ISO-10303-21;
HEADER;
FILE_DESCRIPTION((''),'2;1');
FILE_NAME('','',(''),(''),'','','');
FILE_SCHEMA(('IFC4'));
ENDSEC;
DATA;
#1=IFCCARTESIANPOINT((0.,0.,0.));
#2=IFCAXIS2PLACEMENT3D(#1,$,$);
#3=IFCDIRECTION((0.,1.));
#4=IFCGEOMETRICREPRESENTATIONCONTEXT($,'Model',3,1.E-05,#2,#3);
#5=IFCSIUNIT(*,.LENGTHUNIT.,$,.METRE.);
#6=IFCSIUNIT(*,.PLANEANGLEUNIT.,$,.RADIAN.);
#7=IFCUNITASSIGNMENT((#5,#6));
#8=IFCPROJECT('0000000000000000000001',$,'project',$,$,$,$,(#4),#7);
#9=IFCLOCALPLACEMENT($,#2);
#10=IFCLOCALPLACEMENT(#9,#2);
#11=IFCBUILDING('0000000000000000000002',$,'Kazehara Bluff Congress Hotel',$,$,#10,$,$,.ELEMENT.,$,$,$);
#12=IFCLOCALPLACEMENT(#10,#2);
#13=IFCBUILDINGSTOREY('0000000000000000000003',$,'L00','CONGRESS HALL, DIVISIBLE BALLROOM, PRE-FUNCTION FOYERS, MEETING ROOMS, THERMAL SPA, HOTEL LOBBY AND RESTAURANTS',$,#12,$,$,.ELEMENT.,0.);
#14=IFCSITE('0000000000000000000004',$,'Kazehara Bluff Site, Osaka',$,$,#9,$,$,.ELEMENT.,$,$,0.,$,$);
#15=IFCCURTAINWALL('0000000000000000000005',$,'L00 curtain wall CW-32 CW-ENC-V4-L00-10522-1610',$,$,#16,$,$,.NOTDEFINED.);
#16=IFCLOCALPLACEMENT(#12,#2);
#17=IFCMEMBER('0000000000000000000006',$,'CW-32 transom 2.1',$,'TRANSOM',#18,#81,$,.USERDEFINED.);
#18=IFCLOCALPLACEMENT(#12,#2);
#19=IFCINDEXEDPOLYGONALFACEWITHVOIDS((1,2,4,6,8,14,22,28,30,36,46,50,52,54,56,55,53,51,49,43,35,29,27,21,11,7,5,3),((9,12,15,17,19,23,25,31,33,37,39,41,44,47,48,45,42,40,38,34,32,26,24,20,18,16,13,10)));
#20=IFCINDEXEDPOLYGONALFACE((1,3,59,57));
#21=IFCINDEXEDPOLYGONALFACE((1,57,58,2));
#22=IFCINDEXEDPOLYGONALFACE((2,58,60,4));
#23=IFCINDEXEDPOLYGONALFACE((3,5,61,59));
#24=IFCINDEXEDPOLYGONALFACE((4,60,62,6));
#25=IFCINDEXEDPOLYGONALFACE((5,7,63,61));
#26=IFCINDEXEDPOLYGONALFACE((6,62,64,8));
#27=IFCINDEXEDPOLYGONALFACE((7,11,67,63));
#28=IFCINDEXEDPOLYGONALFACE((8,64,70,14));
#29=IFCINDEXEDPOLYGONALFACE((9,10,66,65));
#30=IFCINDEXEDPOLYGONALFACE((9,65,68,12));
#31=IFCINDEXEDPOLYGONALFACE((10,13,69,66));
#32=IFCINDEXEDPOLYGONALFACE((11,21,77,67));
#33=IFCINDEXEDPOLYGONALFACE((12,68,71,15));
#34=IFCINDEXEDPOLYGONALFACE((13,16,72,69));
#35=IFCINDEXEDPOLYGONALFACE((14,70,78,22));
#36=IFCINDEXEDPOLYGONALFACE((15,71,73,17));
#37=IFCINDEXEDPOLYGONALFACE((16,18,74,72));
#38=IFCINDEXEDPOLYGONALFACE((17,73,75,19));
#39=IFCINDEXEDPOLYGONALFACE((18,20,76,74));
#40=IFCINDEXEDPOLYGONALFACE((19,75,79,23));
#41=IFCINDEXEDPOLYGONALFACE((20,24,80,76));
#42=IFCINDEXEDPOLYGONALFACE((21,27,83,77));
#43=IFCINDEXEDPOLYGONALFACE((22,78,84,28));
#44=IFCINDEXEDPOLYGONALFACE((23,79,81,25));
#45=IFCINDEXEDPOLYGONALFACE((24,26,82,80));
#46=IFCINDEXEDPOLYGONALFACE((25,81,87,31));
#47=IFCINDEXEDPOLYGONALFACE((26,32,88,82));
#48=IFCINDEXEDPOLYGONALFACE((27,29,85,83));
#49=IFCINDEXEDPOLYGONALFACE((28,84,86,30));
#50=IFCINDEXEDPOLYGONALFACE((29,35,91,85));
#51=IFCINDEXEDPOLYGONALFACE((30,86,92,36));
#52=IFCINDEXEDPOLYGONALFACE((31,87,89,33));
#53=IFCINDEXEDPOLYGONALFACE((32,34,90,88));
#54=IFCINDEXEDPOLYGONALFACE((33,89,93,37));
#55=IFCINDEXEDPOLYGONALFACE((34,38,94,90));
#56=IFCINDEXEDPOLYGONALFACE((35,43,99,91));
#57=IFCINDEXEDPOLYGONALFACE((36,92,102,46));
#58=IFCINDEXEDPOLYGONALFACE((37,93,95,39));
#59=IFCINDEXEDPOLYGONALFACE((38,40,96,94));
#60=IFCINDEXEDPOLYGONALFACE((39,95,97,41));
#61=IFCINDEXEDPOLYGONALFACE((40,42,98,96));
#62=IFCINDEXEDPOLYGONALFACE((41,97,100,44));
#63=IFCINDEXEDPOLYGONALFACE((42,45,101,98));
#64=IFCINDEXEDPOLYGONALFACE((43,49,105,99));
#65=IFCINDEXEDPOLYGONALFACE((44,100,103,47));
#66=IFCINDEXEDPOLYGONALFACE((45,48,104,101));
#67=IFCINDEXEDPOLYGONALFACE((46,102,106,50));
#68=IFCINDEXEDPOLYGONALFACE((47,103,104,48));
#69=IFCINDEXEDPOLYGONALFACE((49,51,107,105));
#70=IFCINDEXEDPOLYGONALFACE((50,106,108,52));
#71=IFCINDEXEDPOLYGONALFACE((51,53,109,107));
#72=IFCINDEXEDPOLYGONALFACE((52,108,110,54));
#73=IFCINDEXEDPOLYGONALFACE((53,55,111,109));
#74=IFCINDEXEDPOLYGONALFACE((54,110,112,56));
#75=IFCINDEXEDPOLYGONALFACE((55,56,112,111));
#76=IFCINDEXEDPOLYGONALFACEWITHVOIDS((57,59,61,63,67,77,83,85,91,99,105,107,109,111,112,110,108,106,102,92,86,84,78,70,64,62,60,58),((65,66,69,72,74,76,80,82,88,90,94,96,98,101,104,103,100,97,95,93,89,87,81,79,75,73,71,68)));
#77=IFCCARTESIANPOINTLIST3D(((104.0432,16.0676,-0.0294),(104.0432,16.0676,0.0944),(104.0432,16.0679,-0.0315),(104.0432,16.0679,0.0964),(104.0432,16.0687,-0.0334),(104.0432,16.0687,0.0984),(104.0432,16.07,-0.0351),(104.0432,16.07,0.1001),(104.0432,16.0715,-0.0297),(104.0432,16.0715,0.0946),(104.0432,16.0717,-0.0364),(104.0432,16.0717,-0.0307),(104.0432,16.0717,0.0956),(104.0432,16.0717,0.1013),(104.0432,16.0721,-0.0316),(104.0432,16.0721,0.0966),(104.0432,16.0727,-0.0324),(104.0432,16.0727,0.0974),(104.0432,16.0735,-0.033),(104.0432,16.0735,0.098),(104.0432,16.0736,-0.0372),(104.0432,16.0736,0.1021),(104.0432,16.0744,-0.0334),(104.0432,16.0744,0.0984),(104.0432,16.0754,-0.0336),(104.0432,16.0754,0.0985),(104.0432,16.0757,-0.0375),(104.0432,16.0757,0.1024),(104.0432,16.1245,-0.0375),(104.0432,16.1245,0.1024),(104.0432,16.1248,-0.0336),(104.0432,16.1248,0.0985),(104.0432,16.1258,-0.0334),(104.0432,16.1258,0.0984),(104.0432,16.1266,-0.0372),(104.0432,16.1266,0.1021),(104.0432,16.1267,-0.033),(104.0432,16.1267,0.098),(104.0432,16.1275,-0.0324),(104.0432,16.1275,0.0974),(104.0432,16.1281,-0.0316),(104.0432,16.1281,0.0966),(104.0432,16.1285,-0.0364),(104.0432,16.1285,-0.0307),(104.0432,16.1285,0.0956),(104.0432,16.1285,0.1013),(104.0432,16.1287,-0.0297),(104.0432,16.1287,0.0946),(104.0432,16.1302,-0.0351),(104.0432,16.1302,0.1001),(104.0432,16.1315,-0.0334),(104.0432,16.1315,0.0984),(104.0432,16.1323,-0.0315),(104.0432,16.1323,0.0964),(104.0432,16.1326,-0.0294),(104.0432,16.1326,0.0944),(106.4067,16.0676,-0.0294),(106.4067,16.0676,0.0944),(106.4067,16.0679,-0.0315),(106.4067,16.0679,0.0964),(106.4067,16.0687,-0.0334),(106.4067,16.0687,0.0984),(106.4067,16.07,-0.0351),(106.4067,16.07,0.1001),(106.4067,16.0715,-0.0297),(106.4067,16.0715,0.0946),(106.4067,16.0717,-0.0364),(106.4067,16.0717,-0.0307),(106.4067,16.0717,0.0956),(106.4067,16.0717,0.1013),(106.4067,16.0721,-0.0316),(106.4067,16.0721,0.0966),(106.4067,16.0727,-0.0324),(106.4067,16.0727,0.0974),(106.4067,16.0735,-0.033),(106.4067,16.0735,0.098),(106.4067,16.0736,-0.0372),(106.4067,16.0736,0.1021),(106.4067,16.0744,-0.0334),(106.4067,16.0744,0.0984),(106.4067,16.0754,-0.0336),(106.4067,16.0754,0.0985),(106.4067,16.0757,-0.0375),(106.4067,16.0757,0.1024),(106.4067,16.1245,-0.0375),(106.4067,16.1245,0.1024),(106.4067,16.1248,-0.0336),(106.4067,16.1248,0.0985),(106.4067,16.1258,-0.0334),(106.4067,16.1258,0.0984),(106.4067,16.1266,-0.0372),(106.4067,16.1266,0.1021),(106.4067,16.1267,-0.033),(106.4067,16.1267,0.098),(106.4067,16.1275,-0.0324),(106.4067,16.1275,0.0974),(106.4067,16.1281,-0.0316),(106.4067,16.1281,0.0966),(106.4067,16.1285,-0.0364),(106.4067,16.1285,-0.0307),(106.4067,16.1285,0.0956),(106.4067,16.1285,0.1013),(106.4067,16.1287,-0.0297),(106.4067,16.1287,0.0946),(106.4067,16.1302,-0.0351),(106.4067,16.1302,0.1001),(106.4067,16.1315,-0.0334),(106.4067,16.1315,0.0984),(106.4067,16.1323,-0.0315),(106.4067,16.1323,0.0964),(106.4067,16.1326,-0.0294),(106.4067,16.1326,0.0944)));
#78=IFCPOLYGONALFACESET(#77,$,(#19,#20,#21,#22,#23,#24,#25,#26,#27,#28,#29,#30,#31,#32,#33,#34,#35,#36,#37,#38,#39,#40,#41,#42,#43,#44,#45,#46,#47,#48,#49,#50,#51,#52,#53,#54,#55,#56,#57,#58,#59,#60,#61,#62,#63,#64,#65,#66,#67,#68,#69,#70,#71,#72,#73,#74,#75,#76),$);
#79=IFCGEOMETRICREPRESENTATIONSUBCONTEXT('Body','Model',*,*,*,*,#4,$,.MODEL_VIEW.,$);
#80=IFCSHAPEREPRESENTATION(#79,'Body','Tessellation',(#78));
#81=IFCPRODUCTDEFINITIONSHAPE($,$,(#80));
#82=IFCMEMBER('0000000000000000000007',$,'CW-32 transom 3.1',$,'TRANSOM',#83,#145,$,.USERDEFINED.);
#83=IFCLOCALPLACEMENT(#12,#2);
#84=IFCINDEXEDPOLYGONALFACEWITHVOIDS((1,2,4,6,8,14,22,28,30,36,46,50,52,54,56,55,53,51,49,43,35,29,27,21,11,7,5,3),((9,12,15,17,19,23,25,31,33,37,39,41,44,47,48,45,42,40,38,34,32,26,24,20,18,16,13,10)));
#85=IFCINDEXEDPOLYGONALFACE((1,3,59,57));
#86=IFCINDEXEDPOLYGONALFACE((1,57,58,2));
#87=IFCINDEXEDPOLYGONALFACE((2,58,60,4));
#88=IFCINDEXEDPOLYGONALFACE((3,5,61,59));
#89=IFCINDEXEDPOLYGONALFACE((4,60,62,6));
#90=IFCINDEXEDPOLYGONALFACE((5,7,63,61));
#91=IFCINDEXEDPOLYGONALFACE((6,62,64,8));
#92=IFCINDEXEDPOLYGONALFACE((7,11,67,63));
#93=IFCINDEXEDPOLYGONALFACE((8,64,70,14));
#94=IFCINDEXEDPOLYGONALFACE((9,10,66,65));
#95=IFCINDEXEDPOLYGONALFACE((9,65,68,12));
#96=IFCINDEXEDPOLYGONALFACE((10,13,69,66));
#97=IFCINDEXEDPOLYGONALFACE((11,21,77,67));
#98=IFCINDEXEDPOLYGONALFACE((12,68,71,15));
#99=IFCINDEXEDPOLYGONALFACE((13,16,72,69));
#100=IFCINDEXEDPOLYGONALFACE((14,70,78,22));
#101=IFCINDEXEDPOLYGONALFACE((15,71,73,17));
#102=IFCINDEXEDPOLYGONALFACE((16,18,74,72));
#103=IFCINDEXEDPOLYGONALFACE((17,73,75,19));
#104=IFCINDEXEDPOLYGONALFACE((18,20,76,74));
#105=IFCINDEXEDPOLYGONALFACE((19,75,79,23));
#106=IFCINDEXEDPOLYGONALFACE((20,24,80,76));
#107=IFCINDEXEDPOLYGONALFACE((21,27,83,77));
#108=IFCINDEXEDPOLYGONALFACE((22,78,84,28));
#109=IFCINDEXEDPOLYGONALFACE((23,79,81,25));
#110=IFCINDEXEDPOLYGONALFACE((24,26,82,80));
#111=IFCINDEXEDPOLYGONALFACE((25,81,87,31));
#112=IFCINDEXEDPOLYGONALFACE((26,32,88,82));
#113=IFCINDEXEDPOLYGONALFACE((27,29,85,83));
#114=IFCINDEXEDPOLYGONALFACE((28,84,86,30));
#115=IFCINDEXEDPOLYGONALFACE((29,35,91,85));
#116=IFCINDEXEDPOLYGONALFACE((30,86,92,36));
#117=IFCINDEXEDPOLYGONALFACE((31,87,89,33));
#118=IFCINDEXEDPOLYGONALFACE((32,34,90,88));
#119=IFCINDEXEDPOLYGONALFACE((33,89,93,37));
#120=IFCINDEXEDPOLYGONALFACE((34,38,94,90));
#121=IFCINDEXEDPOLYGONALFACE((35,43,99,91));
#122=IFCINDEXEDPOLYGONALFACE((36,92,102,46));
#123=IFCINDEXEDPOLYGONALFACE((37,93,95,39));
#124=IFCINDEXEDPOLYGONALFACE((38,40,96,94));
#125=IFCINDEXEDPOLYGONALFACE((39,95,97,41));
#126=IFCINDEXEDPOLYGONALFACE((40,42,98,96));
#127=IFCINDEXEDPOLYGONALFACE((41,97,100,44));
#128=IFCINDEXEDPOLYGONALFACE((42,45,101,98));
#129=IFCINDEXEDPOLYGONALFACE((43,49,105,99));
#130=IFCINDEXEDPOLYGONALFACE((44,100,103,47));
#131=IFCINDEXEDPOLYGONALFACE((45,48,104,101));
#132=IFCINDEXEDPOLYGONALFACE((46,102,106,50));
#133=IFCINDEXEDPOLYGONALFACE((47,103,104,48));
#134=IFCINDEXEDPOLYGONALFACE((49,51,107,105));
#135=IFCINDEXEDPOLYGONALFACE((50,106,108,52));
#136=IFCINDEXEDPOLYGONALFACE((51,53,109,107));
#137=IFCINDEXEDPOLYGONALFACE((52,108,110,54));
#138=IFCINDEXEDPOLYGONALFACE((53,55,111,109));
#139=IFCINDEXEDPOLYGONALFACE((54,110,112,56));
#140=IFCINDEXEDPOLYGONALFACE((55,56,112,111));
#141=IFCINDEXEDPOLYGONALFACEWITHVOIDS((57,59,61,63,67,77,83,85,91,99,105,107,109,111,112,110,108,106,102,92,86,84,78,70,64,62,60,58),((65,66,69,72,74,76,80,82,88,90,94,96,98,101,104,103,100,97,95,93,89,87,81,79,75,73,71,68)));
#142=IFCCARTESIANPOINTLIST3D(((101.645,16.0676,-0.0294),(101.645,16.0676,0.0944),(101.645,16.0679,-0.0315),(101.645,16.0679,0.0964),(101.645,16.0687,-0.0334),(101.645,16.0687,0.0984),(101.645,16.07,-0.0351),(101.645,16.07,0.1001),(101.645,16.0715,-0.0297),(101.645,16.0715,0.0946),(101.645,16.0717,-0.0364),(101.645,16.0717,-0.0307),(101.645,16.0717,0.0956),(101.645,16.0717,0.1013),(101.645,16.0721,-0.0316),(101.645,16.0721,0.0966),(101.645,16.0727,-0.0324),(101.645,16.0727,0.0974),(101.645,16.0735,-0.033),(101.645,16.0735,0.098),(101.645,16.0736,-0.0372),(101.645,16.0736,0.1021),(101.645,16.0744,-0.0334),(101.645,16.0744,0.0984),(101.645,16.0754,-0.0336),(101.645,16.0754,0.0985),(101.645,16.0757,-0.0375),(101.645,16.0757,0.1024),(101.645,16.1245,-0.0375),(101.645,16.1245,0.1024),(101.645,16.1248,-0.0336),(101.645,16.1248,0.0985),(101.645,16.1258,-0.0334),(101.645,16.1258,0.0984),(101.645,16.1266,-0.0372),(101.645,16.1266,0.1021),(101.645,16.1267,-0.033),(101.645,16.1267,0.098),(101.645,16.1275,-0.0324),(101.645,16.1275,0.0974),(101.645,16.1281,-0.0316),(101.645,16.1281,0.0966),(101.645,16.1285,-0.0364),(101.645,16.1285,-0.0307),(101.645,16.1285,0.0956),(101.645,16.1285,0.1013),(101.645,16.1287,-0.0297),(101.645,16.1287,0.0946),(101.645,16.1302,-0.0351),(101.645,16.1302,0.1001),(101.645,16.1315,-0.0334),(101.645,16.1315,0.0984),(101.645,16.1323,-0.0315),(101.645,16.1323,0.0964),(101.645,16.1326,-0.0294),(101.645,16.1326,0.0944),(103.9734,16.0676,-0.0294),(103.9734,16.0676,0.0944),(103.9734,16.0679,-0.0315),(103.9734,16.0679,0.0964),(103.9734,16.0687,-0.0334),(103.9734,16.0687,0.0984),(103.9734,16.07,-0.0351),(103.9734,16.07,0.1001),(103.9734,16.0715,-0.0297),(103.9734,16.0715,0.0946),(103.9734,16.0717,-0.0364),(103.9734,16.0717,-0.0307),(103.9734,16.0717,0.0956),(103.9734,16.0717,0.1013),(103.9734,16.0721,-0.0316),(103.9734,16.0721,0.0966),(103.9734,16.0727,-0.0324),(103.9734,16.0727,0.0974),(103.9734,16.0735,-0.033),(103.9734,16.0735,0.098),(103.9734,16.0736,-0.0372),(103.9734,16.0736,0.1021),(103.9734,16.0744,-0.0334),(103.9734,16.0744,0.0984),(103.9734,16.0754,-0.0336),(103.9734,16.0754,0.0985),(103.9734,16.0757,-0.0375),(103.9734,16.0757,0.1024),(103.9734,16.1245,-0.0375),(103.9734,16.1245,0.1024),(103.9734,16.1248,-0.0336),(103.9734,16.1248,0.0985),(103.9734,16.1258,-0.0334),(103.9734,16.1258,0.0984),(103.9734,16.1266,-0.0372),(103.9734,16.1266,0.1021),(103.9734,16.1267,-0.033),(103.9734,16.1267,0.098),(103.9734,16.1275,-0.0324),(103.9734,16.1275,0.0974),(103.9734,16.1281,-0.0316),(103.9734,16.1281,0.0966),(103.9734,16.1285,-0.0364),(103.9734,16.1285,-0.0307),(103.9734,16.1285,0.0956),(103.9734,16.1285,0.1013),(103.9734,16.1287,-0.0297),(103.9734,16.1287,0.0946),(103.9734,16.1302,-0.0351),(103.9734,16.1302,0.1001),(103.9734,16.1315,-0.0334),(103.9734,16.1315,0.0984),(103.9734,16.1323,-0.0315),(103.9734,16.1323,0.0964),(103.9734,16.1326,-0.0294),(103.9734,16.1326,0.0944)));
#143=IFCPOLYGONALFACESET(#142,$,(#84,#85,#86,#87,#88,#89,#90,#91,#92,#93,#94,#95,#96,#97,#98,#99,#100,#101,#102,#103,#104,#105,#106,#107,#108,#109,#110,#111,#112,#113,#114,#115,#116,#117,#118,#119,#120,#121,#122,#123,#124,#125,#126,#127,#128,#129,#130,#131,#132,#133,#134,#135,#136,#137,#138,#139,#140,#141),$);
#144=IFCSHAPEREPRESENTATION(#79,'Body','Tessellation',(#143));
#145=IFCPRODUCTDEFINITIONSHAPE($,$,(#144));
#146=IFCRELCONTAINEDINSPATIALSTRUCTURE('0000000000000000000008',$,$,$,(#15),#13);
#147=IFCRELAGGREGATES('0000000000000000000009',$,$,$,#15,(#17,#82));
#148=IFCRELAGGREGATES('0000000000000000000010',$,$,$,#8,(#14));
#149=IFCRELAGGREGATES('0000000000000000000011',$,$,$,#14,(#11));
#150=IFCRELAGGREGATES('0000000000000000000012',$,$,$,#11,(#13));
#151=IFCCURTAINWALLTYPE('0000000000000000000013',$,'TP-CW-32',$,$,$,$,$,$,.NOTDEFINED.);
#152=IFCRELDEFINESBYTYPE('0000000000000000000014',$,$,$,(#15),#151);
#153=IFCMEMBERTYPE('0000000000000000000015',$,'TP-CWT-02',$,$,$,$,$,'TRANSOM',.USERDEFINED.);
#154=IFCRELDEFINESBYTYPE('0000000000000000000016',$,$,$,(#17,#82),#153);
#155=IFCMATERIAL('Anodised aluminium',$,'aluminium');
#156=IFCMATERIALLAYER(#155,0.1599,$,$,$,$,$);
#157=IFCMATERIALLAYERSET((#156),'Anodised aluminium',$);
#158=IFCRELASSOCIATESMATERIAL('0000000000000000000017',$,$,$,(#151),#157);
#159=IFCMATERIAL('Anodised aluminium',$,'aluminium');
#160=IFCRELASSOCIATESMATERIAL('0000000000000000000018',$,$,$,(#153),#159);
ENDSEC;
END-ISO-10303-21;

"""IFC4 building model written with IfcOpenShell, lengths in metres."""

from ifc_helpers import new_model, si_unit, direction, frame, origin, origin_2d, place, context, subcontext, project, spatial, hollow_rectangle, extrude, material, layer, layer_set, material_profile, profile_set, type_object, element, aggregate, save


model = new_model("IFC4")

# Units and contexts
model_context = context("Model", 3, precision=1e-05, world=origin(), true_north=direction((0.0, 1.0)))
body_context = subcontext(model_context, "Body", "Model", "MODEL_VIEW")
ifc_project = project(units=[si_unit("LENGTHUNIT", "METRE"), si_unit("PLANEANGLEUNIT", "RADIAN")], contexts=[model_context])

# Site, building, storey
site_placement = place(None, origin())
site = spatial("IfcSite", under=ifc_project, at=site_placement, Name="Kazehara Bluff Site, Osaka", CompositionType="ELEMENT", RefElevation=0.0)
building_placement = place(site_placement, origin())
building = spatial("IfcBuilding", under=site, at=building_placement, Name="Kazehara Bluff Congress Hotel", CompositionType="ELEMENT")
storey_placement = place(building_placement, origin())
storey = spatial("IfcBuildingStorey", under=building, at=storey_placement, Name="L00", Description="CONGRESS HALL, DIVISIBLE BALLROOM, PRE-FUNCTION FOYERS, MEETING ROOMS, THERMAL SPA, HOTEL LOBBY AND RESTAURANTS", CompositionType="ELEMENT", Elevation=0.0)

# Curtain wall
ifc_material_1 = material(Name="Anodised aluminium", Category="aluminium")
ifc_layer_1 = layer(ifc_material_1, 0.1599)
ifc_layer_set_1 = layer_set([ifc_layer_1], Name="Anodised aluminium")
curtain_wall_type_1 = type_object("IfcCurtainWallType", Name="TP-CW-32", PredefinedType="NOTDEFINED", material=ifc_layer_set_1)
curtain_wall_1_placement = place(storey_placement, origin())
curtain_wall_1 = element("IfcCurtainWall", 1, at=curtain_wall_1_placement, inside=storey, type_object=curtain_wall_type_1, Name="L00 curtain wall CW-32 CW-ENC-V4-L00-10522-1610", PredefinedType="NOTDEFINED")

# Members
ifc_material_2 = material(Name="Anodised aluminium", Category="aluminium")
ifc_material_profile_1 = material_profile(ifc_material_2, hollow_rectangle(XDim=0.0649, YDim=0.1399, WallThickness=0.0039, InnerFilletRadius=0.0039, OuterFilletRadius=0.0081, at=origin_2d()))
ifc_profile_set_1 = profile_set([ifc_material_profile_1], Name="Anodised aluminium")
member_type_1 = type_object("IfcMemberType", Name="TP-CWT-02", ElementType="TRANSOM", PredefinedType="USERDEFINED", material=ifc_profile_set_1)
member_1_placement = place(storey_placement, frame((106.4067, 16.1001, 0.0325), z_axis=(-1.0, 0.0, 0.0), x_axis=(0.0, -1.0, 0.0)))
member_1 = element("IfcMember", 2, at=member_1_placement, type_object=member_type_1, Name="CW-32 transom 2.1", ObjectType="TRANSOM", PredefinedType="USERDEFINED", context=body_context, shape_type="SweptSolid", body=[
    extrude(hollow_rectangle(XDim=0.0649, YDim=0.1399, WallThickness=0.0039, InnerFilletRadius=0.0039, OuterFilletRadius=0.0081, at=origin_2d()), origin(), (0.0, 0.0, 1.0), 2.3635),
])
member_2_placement = place(storey_placement, frame((103.9734, 16.1001, 0.0325), z_axis=(-1.0, 0.0, 0.0), x_axis=(0.0, -1.0, 0.0)))
member_2 = element("IfcMember", 3, at=member_2_placement, type_object=member_type_1, Name="CW-32 transom 3.1", ObjectType="TRANSOM", PredefinedType="USERDEFINED", context=body_context, shape_type="SweptSolid", body=[
    extrude(hollow_rectangle(XDim=0.0649, YDim=0.1399, WallThickness=0.0039, InnerFilletRadius=0.0039, OuterFilletRadius=0.0081, at=origin_2d()), origin(), (0.0, 0.0, 1.0), 2.3284),
])

aggregate(curtain_wall_1, [member_1, member_2])

save(model, "model.ifc")
